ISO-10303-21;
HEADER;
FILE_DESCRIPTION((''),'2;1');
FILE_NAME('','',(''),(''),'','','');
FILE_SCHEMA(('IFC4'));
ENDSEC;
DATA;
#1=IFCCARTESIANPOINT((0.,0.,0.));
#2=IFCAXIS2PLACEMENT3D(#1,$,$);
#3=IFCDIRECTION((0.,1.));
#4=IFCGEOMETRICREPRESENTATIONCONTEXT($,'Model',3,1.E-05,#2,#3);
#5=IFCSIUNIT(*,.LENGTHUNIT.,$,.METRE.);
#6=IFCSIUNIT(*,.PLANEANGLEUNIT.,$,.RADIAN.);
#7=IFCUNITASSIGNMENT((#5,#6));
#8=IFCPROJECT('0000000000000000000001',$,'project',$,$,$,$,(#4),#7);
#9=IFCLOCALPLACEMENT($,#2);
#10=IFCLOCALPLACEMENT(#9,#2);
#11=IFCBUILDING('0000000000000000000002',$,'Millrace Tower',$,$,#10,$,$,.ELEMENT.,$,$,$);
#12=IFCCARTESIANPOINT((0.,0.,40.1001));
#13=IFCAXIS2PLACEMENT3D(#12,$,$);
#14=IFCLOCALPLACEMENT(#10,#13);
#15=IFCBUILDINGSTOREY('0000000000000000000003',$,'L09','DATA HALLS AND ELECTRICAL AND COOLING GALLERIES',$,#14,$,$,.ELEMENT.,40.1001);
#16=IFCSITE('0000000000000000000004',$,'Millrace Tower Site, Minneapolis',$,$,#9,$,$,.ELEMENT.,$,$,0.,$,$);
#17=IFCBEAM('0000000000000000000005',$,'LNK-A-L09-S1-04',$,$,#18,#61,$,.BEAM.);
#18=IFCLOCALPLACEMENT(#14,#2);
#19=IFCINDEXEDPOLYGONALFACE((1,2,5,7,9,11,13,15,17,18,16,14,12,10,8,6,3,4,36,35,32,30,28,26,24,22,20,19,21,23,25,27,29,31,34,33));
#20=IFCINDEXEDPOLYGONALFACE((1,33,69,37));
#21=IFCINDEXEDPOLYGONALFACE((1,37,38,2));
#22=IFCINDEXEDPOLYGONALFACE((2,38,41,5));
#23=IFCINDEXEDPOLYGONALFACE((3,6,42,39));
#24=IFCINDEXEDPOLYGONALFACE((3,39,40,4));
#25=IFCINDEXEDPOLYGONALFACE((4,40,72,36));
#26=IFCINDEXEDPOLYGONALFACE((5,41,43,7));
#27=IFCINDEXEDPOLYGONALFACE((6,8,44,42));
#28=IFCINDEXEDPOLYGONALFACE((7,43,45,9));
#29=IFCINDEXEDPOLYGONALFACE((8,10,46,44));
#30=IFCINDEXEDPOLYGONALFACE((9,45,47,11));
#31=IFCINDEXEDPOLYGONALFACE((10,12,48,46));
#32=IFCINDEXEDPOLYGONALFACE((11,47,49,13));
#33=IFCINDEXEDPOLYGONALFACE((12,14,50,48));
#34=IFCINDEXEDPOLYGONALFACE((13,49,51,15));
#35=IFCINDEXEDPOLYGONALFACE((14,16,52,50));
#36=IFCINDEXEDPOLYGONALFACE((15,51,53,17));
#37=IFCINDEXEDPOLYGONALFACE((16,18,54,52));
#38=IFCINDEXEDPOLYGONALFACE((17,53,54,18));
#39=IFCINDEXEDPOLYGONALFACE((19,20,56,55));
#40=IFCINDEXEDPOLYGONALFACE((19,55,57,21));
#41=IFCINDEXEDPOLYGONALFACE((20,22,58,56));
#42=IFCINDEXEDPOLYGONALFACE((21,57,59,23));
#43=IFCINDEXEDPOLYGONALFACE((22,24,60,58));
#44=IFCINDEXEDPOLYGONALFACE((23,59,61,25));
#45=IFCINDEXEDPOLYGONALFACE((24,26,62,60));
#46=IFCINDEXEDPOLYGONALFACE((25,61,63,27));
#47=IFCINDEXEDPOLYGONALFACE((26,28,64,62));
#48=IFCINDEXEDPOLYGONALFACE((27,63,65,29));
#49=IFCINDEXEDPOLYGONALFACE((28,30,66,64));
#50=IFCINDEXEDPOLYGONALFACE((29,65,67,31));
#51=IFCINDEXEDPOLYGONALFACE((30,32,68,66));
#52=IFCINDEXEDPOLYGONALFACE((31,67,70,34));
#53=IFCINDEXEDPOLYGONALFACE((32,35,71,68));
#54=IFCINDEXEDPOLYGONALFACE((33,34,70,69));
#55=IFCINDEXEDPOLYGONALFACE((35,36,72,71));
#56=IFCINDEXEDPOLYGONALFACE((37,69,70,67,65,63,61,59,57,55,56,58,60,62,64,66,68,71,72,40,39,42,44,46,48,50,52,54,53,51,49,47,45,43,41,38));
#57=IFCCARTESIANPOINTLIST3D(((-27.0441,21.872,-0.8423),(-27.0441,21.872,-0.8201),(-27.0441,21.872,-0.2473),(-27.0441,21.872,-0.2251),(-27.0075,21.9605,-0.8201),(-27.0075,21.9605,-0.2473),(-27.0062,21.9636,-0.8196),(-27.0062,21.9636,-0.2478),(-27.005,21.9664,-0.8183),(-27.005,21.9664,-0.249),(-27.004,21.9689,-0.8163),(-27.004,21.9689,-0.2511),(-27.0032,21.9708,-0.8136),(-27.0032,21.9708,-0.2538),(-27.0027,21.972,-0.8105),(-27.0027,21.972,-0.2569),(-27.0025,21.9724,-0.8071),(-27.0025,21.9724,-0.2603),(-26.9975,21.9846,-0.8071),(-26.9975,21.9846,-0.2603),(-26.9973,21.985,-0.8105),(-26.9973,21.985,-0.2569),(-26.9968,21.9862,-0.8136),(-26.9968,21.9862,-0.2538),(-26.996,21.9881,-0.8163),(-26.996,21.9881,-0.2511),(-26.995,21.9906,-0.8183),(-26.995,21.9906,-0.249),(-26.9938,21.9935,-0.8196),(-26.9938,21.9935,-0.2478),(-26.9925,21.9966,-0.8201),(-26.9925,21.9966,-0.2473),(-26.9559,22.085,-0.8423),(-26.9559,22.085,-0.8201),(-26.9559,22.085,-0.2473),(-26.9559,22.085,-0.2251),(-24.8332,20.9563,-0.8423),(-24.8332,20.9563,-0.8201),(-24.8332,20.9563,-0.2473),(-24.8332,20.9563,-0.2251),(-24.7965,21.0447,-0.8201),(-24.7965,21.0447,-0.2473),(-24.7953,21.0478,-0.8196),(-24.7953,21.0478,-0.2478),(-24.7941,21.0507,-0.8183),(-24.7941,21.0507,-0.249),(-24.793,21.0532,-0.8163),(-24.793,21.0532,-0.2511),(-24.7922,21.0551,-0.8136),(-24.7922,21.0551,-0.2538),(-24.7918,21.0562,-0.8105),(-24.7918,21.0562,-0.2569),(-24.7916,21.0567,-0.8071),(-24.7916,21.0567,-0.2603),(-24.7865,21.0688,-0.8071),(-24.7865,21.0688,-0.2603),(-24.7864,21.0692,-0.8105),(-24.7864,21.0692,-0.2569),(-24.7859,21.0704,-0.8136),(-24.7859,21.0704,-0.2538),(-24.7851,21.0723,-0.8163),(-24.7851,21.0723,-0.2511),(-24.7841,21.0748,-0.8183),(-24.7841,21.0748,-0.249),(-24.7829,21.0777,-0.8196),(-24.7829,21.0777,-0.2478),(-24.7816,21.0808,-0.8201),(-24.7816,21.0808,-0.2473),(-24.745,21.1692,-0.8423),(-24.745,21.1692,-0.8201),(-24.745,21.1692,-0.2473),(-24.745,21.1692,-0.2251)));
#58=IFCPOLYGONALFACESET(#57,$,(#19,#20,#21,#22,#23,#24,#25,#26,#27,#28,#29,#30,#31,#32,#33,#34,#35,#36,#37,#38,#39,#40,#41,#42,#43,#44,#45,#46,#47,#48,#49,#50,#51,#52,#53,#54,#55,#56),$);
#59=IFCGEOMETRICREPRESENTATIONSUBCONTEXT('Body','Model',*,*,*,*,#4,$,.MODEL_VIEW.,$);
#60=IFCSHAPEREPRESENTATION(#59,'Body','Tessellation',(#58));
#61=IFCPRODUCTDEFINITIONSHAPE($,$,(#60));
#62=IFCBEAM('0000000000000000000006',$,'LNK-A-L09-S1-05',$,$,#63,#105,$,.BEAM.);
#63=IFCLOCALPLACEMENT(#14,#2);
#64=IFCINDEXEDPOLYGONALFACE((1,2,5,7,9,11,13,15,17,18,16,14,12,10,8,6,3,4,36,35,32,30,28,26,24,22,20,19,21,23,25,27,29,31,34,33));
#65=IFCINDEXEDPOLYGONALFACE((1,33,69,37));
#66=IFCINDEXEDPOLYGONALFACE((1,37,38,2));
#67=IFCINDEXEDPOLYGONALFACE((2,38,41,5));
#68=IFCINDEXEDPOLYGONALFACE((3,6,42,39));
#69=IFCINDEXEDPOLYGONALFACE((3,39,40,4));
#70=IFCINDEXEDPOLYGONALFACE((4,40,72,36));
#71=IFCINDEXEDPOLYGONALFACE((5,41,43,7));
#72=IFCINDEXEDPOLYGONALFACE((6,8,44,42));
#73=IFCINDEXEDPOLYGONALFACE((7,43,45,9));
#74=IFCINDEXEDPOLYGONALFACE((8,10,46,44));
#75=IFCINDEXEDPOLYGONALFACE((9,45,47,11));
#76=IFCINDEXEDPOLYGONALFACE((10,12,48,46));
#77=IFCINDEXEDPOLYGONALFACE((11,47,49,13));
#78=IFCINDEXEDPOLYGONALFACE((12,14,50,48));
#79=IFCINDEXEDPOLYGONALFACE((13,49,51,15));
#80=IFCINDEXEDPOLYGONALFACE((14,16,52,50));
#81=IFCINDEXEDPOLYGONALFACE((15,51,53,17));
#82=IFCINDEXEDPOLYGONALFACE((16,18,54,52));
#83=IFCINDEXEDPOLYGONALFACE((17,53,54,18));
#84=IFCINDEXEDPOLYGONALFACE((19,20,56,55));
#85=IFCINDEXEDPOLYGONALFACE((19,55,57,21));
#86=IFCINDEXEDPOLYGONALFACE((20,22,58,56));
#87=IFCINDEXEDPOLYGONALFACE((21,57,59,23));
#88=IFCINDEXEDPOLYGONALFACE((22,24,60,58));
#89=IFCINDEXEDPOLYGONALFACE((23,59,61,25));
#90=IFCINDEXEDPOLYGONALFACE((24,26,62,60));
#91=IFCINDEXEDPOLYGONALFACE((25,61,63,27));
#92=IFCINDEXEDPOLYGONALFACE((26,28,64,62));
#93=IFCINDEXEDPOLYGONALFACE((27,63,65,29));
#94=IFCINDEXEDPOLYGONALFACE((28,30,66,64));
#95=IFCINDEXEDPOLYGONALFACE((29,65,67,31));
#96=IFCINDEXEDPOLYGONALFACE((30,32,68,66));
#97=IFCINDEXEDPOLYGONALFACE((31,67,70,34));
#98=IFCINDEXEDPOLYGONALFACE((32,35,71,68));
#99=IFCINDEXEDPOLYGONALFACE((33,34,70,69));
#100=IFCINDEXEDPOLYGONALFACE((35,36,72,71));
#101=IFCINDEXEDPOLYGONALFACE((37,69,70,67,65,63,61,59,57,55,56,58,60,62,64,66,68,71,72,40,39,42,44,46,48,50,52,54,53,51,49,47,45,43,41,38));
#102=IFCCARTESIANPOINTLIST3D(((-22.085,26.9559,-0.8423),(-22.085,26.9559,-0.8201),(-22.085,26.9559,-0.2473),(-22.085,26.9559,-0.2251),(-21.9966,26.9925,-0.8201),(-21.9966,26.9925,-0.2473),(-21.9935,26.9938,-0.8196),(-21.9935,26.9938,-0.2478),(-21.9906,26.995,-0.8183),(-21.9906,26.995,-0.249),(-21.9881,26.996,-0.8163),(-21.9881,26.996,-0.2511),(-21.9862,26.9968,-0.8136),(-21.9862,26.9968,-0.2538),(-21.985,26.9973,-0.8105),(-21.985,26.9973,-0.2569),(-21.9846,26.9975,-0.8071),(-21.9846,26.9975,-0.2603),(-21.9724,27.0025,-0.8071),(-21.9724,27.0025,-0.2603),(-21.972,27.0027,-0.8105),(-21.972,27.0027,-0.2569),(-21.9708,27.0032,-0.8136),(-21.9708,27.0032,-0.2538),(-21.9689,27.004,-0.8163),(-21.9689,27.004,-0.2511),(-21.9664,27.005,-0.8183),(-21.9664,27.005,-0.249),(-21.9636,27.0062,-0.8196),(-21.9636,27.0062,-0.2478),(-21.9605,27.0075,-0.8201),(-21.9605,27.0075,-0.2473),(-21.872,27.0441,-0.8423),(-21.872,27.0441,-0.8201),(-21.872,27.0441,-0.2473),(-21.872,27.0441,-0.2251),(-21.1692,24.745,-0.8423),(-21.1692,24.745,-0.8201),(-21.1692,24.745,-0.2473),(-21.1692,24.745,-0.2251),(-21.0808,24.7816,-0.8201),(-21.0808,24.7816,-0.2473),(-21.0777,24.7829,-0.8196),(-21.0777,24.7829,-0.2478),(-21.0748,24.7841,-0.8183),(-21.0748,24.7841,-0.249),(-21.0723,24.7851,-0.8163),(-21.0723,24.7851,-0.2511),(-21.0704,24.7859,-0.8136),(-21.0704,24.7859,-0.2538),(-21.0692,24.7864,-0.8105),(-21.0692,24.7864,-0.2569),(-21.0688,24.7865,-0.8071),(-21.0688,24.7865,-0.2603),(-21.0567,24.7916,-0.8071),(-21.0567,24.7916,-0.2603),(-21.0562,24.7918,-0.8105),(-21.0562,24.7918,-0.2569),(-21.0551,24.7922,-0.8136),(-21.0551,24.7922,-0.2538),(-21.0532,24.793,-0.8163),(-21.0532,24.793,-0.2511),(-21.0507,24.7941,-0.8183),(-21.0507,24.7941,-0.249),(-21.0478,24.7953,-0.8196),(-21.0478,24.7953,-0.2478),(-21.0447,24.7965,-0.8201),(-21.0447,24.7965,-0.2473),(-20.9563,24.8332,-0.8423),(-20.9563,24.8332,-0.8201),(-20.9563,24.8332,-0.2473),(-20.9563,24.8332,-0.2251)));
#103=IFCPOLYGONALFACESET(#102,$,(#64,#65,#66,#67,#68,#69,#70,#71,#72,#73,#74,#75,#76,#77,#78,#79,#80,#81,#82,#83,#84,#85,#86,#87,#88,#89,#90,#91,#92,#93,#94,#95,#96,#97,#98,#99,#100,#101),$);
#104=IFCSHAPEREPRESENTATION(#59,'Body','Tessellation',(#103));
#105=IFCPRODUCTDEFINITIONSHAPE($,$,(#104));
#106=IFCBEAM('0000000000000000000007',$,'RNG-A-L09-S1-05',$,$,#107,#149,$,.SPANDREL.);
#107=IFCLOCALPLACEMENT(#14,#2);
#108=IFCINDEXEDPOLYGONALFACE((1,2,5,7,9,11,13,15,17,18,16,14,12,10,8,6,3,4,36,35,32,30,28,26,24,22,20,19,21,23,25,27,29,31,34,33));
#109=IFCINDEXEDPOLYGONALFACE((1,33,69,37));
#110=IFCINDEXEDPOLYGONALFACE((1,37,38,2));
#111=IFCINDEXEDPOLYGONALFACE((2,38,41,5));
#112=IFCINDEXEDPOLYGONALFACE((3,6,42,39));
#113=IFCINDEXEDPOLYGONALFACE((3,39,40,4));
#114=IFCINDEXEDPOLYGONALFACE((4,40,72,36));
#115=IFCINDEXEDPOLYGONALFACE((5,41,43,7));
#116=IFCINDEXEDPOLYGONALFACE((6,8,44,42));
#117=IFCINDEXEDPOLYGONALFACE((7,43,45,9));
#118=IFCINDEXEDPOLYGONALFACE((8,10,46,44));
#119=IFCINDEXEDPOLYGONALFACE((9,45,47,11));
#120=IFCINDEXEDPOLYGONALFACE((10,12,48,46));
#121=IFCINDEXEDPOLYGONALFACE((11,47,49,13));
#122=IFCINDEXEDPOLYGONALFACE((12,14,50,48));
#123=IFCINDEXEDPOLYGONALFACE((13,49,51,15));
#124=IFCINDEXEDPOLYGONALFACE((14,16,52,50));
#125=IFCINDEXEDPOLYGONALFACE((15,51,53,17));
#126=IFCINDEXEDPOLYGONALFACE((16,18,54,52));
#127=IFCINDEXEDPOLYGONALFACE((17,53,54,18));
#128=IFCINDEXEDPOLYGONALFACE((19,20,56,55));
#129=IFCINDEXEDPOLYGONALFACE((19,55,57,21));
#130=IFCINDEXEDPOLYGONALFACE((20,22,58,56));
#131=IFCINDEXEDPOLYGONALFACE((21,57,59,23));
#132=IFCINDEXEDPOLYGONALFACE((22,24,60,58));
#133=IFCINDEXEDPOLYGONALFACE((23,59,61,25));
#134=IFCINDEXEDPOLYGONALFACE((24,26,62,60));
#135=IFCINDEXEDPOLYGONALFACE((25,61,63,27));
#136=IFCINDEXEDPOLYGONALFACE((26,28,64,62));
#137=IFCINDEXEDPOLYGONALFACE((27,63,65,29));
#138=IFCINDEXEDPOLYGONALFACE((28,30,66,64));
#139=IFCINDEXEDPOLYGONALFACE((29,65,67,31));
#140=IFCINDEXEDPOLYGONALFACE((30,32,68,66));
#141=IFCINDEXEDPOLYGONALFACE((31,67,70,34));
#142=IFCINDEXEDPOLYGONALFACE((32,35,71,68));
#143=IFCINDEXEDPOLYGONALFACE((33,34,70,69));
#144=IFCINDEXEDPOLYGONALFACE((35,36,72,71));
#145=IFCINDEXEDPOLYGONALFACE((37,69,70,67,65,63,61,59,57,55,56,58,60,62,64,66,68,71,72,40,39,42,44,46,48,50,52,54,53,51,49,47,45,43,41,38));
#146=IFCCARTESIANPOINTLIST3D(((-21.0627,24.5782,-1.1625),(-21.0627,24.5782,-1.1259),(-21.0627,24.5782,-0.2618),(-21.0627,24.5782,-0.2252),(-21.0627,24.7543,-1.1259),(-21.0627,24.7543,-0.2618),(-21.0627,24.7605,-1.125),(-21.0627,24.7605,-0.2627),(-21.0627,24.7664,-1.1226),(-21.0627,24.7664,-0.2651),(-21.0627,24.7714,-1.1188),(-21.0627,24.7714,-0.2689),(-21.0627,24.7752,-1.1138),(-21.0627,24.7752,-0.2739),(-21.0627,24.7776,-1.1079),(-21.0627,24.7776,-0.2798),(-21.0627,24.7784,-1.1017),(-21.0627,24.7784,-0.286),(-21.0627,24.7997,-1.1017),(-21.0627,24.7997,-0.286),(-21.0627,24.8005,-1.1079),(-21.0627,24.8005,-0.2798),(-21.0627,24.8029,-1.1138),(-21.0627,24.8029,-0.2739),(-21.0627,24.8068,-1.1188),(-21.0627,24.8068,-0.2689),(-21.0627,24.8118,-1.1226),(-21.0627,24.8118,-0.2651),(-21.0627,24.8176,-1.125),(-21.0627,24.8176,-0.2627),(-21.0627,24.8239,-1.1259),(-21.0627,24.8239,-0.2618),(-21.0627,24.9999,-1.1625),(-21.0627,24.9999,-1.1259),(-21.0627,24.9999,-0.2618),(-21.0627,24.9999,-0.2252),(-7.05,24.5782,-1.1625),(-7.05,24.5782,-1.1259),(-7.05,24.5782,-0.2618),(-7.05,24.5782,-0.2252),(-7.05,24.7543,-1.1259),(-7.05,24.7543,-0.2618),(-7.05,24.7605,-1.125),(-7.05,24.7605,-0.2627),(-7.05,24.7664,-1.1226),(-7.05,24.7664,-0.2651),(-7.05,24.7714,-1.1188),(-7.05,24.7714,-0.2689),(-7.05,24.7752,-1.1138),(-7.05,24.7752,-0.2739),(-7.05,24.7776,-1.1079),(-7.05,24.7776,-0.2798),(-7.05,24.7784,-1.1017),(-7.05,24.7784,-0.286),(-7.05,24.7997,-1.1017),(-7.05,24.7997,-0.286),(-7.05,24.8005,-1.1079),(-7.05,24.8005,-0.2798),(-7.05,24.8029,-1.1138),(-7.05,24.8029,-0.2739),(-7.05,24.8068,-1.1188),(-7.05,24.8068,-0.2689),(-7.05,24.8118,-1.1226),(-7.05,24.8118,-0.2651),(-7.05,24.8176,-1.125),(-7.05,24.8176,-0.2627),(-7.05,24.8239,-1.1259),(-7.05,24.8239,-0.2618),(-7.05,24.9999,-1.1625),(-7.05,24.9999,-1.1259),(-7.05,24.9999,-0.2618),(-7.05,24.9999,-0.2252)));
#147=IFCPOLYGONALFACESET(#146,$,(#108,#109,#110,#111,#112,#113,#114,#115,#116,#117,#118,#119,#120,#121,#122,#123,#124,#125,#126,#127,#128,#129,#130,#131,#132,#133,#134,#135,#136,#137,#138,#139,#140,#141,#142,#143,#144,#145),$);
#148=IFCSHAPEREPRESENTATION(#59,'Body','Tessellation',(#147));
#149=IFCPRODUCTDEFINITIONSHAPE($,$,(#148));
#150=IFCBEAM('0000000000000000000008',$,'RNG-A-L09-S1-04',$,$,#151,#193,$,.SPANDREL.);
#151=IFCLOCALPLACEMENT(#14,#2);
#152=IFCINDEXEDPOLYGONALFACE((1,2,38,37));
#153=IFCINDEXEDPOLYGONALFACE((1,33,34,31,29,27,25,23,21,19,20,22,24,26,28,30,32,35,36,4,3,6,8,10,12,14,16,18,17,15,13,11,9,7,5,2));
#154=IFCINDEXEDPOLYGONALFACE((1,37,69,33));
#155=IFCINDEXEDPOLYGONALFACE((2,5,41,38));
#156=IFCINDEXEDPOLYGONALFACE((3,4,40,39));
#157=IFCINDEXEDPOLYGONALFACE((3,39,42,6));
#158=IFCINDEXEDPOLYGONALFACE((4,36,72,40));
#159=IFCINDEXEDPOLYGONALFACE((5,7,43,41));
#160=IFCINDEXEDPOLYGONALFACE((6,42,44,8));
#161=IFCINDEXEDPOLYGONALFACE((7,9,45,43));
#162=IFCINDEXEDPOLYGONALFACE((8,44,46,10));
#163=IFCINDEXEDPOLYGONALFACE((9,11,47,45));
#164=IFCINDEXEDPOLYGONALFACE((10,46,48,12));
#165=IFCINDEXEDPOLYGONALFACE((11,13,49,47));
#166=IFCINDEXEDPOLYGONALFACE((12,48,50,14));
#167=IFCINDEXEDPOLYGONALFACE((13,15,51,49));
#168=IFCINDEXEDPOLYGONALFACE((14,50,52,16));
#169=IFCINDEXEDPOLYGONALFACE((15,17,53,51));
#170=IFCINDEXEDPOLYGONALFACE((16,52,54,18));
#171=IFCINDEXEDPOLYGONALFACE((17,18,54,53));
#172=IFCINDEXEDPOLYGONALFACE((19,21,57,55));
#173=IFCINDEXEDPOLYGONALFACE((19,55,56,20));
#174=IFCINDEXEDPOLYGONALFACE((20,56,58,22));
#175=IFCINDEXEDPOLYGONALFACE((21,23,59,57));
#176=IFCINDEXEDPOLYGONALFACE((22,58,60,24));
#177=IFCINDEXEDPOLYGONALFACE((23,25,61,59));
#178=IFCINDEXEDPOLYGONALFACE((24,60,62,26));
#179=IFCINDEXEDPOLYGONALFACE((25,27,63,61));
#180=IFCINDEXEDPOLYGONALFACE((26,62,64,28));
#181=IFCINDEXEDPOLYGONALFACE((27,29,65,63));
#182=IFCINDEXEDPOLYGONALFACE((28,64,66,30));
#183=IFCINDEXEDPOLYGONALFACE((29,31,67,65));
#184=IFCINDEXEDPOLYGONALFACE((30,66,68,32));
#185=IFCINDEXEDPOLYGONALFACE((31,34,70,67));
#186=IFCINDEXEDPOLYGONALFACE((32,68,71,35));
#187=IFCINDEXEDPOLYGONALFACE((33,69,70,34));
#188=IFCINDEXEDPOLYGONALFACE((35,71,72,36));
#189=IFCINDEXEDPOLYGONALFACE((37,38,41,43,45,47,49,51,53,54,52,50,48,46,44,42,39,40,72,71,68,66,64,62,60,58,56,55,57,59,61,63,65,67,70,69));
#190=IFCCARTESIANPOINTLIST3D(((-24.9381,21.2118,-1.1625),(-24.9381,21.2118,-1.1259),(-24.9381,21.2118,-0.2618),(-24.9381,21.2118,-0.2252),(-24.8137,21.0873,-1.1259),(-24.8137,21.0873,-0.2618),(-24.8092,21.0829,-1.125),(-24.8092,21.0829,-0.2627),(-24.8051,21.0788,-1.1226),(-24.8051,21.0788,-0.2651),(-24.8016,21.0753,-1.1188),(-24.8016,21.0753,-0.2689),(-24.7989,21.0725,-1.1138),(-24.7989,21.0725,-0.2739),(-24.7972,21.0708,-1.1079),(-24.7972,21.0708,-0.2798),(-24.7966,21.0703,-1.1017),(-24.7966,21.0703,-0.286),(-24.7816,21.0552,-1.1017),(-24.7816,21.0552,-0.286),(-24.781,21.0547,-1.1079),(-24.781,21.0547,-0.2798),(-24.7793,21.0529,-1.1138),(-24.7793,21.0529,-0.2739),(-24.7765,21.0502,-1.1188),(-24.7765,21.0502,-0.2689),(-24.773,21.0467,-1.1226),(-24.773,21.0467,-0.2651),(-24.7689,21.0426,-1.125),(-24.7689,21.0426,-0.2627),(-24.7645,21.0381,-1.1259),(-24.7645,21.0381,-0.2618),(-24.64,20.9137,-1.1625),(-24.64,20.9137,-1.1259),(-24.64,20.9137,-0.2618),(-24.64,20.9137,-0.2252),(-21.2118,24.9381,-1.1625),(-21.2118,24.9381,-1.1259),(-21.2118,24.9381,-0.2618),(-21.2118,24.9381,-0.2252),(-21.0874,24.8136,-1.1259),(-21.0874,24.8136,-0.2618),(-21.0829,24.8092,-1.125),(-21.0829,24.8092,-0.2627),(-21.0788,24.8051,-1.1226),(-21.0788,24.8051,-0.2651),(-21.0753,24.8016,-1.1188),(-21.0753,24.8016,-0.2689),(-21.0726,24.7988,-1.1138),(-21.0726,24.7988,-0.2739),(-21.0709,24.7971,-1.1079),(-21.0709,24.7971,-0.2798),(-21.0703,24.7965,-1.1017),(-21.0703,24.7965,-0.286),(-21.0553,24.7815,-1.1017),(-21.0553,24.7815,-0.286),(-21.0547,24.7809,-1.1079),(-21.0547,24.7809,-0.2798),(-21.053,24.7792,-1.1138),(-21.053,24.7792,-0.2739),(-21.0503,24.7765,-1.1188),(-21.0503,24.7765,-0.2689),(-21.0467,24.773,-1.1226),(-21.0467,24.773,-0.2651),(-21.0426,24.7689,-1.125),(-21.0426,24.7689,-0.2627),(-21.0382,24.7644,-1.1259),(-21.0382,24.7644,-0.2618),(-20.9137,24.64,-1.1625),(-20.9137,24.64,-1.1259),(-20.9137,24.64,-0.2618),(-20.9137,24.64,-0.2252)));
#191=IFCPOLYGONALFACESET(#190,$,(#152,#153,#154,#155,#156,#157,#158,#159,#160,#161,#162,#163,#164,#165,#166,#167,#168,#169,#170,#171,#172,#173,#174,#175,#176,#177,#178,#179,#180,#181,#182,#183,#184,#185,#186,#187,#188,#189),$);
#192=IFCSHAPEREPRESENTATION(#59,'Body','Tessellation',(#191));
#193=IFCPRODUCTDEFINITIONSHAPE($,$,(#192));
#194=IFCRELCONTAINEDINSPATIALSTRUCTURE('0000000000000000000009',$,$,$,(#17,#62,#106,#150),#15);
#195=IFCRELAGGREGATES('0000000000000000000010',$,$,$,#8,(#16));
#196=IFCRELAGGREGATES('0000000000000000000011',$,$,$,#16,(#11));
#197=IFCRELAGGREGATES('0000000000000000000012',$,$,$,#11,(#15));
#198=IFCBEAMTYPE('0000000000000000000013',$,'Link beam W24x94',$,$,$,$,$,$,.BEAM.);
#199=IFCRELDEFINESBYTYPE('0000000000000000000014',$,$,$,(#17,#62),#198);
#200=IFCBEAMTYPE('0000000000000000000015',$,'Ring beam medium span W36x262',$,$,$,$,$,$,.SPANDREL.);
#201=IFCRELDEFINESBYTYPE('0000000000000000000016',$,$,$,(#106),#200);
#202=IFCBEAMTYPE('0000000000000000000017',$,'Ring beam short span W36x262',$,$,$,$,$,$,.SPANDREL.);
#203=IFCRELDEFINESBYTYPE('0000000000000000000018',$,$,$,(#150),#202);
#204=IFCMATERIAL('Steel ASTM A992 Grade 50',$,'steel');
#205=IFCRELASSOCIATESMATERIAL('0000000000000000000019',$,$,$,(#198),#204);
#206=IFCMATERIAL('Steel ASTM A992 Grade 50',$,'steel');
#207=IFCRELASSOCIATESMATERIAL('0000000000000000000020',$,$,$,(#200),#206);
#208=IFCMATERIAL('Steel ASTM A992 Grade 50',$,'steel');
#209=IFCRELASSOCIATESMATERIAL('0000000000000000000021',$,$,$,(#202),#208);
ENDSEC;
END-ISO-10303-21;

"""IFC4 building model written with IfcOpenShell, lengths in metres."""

from ifc_helpers import new_model, si_unit, direction, frame, origin, origin_2d, place, context, subcontext, project, spatial, i_section, extrude, material, material_profile, profile_set, type_object, element, save


model = new_model("IFC4")

# Units and contexts
model_context = context("Model", 3, precision=1e-05, world=origin(), true_north=direction((0.0, 1.0)))
body_context = subcontext(model_context, "Body", "Model", "MODEL_VIEW")
ifc_project = project(units=[si_unit("LENGTHUNIT", "METRE"), si_unit("PLANEANGLEUNIT", "RADIAN")], contexts=[model_context])

# Site, building, storey
site_placement = place(None, origin())
site = spatial("IfcSite", under=ifc_project, at=site_placement, Name="Millrace Tower Site, Minneapolis", CompositionType="ELEMENT", RefElevation=0.0)
building_placement = place(site_placement, origin())
building = spatial("IfcBuilding", under=site, at=building_placement, Name="Millrace Tower", CompositionType="ELEMENT")
storey_placement = place(building_placement, frame((0.0, 0.0, 40.1001)))
storey = spatial("IfcBuildingStorey", under=building, at=storey_placement, Name="L09", Description="DATA HALLS AND ELECTRICAL AND COOLING GALLERIES", CompositionType="ELEMENT", Elevation=40.1001)

# Beams
ifc_material_1 = material(Name="Steel ASTM A992 Grade 50", Category="steel")
ifc_material_profile_1 = material_profile(ifc_material_1, i_section(OverallWidth=0.2305, OverallDepth=0.6172, WebThickness=0.0132, FlangeThickness=0.0222, FilletRadius=0.0129, at=origin_2d()))
ifc_profile_set_1 = profile_set([ifc_material_profile_1], Name="Steel ASTM A992 Grade 50")
beam_type_1 = type_object("IfcBeamType", Name="Link beam W24x94", PredefinedType="BEAM", material=ifc_profile_set_1)
for number, where, z_axis, x_axis, name in (
    (1, (-24.7891, 21.0627, -0.5337), (-0.923884, 0.382673, 0.0), (-0.382673, -0.923884, 0.0), "LNK-A-L09-S1-04"),
    (2, (-21.0627, 24.7891, -0.5337), (-0.382673, 0.923884, 0.0), (-0.923884, -0.382673, 0.0), "LNK-A-L09-S1-05"),
):
    element("IfcBeam", number, at=place(storey_placement, frame(where, z_axis=z_axis, x_axis=x_axis)), inside=storey, type_object=beam_type_1, Name=name, PredefinedType="BEAM", context=body_context, shape_type="SweptSolid", body=[
        extrude(i_section(OverallWidth=0.2305, OverallDepth=0.6172, WebThickness=0.0132, FlangeThickness=0.0222, FilletRadius=0.0129, at=origin_2d()), origin(), (0.0, 0.0, 1.0), 2.3931),
    ])
ifc_material_2 = material(Name="Steel ASTM A992 Grade 50", Category="steel")
ifc_material_profile_2 = material_profile(ifc_material_2, i_section(OverallWidth=0.4216, OverallDepth=0.9373, WebThickness=0.0212, FlangeThickness=0.0366, FilletRadius=0.0242, at=origin_2d()))
ifc_profile_set_2 = profile_set([ifc_material_profile_2], Name="Steel ASTM A992 Grade 50")
beam_type_2 = type_object("IfcBeamType", Name="Ring beam medium span W36x262", PredefinedType="SPANDREL", material=ifc_profile_set_2)
beam_1_placement = place(storey_placement, frame((-21.0627, 24.7891, -0.6938), z_axis=(1.0, 0.0, 0.0), x_axis=(0.0, 1.0, 0.0)))
element("IfcBeam", 3, at=beam_1_placement, inside=storey, type_object=beam_type_2, Name="RNG-A-L09-S1-05", PredefinedType="SPANDREL", context=body_context, shape_type="SweptSolid", body=[
    extrude(i_section(OverallWidth=0.4216, OverallDepth=0.9373, WebThickness=0.0212, FlangeThickness=0.0366, FilletRadius=0.0242, at=origin_2d()), origin(), (0.0, 0.0, 1.0), 14.0127),
])
ifc_material_3 = material(Name="Steel ASTM A992 Grade 50", Category="steel")
ifc_material_profile_3 = material_profile(ifc_material_3, i_section(OverallWidth=0.4216, OverallDepth=0.9373, WebThickness=0.0212, FlangeThickness=0.0366, FilletRadius=0.0242, at=origin_2d()))
ifc_profile_set_3 = profile_set([ifc_material_profile_3], Name="Steel ASTM A992 Grade 50")
beam_type_3 = type_object("IfcBeamType", Name="Ring beam short span W36x262", PredefinedType="SPANDREL", material=ifc_profile_set_3)
beam_2_placement = place(storey_placement, frame((-24.7891, 21.0627, -0.6938), z_axis=(0.707107, 0.707107, 0.0), x_axis=(-0.707107, 0.707107, 0.0)))
element("IfcBeam", 4, at=beam_2_placement, inside=storey, type_object=beam_type_3, Name="RNG-A-L09-S1-04", PredefinedType="SPANDREL", context=body_context, shape_type="SweptSolid", body=[
    extrude(i_section(OverallWidth=0.4216, OverallDepth=0.9373, WebThickness=0.0212, FlangeThickness=0.0366, FilletRadius=0.0242, at=origin_2d()), origin(), (0.0, 0.0, 1.0), 5.2698),
])

save(model, "model.ifc")
